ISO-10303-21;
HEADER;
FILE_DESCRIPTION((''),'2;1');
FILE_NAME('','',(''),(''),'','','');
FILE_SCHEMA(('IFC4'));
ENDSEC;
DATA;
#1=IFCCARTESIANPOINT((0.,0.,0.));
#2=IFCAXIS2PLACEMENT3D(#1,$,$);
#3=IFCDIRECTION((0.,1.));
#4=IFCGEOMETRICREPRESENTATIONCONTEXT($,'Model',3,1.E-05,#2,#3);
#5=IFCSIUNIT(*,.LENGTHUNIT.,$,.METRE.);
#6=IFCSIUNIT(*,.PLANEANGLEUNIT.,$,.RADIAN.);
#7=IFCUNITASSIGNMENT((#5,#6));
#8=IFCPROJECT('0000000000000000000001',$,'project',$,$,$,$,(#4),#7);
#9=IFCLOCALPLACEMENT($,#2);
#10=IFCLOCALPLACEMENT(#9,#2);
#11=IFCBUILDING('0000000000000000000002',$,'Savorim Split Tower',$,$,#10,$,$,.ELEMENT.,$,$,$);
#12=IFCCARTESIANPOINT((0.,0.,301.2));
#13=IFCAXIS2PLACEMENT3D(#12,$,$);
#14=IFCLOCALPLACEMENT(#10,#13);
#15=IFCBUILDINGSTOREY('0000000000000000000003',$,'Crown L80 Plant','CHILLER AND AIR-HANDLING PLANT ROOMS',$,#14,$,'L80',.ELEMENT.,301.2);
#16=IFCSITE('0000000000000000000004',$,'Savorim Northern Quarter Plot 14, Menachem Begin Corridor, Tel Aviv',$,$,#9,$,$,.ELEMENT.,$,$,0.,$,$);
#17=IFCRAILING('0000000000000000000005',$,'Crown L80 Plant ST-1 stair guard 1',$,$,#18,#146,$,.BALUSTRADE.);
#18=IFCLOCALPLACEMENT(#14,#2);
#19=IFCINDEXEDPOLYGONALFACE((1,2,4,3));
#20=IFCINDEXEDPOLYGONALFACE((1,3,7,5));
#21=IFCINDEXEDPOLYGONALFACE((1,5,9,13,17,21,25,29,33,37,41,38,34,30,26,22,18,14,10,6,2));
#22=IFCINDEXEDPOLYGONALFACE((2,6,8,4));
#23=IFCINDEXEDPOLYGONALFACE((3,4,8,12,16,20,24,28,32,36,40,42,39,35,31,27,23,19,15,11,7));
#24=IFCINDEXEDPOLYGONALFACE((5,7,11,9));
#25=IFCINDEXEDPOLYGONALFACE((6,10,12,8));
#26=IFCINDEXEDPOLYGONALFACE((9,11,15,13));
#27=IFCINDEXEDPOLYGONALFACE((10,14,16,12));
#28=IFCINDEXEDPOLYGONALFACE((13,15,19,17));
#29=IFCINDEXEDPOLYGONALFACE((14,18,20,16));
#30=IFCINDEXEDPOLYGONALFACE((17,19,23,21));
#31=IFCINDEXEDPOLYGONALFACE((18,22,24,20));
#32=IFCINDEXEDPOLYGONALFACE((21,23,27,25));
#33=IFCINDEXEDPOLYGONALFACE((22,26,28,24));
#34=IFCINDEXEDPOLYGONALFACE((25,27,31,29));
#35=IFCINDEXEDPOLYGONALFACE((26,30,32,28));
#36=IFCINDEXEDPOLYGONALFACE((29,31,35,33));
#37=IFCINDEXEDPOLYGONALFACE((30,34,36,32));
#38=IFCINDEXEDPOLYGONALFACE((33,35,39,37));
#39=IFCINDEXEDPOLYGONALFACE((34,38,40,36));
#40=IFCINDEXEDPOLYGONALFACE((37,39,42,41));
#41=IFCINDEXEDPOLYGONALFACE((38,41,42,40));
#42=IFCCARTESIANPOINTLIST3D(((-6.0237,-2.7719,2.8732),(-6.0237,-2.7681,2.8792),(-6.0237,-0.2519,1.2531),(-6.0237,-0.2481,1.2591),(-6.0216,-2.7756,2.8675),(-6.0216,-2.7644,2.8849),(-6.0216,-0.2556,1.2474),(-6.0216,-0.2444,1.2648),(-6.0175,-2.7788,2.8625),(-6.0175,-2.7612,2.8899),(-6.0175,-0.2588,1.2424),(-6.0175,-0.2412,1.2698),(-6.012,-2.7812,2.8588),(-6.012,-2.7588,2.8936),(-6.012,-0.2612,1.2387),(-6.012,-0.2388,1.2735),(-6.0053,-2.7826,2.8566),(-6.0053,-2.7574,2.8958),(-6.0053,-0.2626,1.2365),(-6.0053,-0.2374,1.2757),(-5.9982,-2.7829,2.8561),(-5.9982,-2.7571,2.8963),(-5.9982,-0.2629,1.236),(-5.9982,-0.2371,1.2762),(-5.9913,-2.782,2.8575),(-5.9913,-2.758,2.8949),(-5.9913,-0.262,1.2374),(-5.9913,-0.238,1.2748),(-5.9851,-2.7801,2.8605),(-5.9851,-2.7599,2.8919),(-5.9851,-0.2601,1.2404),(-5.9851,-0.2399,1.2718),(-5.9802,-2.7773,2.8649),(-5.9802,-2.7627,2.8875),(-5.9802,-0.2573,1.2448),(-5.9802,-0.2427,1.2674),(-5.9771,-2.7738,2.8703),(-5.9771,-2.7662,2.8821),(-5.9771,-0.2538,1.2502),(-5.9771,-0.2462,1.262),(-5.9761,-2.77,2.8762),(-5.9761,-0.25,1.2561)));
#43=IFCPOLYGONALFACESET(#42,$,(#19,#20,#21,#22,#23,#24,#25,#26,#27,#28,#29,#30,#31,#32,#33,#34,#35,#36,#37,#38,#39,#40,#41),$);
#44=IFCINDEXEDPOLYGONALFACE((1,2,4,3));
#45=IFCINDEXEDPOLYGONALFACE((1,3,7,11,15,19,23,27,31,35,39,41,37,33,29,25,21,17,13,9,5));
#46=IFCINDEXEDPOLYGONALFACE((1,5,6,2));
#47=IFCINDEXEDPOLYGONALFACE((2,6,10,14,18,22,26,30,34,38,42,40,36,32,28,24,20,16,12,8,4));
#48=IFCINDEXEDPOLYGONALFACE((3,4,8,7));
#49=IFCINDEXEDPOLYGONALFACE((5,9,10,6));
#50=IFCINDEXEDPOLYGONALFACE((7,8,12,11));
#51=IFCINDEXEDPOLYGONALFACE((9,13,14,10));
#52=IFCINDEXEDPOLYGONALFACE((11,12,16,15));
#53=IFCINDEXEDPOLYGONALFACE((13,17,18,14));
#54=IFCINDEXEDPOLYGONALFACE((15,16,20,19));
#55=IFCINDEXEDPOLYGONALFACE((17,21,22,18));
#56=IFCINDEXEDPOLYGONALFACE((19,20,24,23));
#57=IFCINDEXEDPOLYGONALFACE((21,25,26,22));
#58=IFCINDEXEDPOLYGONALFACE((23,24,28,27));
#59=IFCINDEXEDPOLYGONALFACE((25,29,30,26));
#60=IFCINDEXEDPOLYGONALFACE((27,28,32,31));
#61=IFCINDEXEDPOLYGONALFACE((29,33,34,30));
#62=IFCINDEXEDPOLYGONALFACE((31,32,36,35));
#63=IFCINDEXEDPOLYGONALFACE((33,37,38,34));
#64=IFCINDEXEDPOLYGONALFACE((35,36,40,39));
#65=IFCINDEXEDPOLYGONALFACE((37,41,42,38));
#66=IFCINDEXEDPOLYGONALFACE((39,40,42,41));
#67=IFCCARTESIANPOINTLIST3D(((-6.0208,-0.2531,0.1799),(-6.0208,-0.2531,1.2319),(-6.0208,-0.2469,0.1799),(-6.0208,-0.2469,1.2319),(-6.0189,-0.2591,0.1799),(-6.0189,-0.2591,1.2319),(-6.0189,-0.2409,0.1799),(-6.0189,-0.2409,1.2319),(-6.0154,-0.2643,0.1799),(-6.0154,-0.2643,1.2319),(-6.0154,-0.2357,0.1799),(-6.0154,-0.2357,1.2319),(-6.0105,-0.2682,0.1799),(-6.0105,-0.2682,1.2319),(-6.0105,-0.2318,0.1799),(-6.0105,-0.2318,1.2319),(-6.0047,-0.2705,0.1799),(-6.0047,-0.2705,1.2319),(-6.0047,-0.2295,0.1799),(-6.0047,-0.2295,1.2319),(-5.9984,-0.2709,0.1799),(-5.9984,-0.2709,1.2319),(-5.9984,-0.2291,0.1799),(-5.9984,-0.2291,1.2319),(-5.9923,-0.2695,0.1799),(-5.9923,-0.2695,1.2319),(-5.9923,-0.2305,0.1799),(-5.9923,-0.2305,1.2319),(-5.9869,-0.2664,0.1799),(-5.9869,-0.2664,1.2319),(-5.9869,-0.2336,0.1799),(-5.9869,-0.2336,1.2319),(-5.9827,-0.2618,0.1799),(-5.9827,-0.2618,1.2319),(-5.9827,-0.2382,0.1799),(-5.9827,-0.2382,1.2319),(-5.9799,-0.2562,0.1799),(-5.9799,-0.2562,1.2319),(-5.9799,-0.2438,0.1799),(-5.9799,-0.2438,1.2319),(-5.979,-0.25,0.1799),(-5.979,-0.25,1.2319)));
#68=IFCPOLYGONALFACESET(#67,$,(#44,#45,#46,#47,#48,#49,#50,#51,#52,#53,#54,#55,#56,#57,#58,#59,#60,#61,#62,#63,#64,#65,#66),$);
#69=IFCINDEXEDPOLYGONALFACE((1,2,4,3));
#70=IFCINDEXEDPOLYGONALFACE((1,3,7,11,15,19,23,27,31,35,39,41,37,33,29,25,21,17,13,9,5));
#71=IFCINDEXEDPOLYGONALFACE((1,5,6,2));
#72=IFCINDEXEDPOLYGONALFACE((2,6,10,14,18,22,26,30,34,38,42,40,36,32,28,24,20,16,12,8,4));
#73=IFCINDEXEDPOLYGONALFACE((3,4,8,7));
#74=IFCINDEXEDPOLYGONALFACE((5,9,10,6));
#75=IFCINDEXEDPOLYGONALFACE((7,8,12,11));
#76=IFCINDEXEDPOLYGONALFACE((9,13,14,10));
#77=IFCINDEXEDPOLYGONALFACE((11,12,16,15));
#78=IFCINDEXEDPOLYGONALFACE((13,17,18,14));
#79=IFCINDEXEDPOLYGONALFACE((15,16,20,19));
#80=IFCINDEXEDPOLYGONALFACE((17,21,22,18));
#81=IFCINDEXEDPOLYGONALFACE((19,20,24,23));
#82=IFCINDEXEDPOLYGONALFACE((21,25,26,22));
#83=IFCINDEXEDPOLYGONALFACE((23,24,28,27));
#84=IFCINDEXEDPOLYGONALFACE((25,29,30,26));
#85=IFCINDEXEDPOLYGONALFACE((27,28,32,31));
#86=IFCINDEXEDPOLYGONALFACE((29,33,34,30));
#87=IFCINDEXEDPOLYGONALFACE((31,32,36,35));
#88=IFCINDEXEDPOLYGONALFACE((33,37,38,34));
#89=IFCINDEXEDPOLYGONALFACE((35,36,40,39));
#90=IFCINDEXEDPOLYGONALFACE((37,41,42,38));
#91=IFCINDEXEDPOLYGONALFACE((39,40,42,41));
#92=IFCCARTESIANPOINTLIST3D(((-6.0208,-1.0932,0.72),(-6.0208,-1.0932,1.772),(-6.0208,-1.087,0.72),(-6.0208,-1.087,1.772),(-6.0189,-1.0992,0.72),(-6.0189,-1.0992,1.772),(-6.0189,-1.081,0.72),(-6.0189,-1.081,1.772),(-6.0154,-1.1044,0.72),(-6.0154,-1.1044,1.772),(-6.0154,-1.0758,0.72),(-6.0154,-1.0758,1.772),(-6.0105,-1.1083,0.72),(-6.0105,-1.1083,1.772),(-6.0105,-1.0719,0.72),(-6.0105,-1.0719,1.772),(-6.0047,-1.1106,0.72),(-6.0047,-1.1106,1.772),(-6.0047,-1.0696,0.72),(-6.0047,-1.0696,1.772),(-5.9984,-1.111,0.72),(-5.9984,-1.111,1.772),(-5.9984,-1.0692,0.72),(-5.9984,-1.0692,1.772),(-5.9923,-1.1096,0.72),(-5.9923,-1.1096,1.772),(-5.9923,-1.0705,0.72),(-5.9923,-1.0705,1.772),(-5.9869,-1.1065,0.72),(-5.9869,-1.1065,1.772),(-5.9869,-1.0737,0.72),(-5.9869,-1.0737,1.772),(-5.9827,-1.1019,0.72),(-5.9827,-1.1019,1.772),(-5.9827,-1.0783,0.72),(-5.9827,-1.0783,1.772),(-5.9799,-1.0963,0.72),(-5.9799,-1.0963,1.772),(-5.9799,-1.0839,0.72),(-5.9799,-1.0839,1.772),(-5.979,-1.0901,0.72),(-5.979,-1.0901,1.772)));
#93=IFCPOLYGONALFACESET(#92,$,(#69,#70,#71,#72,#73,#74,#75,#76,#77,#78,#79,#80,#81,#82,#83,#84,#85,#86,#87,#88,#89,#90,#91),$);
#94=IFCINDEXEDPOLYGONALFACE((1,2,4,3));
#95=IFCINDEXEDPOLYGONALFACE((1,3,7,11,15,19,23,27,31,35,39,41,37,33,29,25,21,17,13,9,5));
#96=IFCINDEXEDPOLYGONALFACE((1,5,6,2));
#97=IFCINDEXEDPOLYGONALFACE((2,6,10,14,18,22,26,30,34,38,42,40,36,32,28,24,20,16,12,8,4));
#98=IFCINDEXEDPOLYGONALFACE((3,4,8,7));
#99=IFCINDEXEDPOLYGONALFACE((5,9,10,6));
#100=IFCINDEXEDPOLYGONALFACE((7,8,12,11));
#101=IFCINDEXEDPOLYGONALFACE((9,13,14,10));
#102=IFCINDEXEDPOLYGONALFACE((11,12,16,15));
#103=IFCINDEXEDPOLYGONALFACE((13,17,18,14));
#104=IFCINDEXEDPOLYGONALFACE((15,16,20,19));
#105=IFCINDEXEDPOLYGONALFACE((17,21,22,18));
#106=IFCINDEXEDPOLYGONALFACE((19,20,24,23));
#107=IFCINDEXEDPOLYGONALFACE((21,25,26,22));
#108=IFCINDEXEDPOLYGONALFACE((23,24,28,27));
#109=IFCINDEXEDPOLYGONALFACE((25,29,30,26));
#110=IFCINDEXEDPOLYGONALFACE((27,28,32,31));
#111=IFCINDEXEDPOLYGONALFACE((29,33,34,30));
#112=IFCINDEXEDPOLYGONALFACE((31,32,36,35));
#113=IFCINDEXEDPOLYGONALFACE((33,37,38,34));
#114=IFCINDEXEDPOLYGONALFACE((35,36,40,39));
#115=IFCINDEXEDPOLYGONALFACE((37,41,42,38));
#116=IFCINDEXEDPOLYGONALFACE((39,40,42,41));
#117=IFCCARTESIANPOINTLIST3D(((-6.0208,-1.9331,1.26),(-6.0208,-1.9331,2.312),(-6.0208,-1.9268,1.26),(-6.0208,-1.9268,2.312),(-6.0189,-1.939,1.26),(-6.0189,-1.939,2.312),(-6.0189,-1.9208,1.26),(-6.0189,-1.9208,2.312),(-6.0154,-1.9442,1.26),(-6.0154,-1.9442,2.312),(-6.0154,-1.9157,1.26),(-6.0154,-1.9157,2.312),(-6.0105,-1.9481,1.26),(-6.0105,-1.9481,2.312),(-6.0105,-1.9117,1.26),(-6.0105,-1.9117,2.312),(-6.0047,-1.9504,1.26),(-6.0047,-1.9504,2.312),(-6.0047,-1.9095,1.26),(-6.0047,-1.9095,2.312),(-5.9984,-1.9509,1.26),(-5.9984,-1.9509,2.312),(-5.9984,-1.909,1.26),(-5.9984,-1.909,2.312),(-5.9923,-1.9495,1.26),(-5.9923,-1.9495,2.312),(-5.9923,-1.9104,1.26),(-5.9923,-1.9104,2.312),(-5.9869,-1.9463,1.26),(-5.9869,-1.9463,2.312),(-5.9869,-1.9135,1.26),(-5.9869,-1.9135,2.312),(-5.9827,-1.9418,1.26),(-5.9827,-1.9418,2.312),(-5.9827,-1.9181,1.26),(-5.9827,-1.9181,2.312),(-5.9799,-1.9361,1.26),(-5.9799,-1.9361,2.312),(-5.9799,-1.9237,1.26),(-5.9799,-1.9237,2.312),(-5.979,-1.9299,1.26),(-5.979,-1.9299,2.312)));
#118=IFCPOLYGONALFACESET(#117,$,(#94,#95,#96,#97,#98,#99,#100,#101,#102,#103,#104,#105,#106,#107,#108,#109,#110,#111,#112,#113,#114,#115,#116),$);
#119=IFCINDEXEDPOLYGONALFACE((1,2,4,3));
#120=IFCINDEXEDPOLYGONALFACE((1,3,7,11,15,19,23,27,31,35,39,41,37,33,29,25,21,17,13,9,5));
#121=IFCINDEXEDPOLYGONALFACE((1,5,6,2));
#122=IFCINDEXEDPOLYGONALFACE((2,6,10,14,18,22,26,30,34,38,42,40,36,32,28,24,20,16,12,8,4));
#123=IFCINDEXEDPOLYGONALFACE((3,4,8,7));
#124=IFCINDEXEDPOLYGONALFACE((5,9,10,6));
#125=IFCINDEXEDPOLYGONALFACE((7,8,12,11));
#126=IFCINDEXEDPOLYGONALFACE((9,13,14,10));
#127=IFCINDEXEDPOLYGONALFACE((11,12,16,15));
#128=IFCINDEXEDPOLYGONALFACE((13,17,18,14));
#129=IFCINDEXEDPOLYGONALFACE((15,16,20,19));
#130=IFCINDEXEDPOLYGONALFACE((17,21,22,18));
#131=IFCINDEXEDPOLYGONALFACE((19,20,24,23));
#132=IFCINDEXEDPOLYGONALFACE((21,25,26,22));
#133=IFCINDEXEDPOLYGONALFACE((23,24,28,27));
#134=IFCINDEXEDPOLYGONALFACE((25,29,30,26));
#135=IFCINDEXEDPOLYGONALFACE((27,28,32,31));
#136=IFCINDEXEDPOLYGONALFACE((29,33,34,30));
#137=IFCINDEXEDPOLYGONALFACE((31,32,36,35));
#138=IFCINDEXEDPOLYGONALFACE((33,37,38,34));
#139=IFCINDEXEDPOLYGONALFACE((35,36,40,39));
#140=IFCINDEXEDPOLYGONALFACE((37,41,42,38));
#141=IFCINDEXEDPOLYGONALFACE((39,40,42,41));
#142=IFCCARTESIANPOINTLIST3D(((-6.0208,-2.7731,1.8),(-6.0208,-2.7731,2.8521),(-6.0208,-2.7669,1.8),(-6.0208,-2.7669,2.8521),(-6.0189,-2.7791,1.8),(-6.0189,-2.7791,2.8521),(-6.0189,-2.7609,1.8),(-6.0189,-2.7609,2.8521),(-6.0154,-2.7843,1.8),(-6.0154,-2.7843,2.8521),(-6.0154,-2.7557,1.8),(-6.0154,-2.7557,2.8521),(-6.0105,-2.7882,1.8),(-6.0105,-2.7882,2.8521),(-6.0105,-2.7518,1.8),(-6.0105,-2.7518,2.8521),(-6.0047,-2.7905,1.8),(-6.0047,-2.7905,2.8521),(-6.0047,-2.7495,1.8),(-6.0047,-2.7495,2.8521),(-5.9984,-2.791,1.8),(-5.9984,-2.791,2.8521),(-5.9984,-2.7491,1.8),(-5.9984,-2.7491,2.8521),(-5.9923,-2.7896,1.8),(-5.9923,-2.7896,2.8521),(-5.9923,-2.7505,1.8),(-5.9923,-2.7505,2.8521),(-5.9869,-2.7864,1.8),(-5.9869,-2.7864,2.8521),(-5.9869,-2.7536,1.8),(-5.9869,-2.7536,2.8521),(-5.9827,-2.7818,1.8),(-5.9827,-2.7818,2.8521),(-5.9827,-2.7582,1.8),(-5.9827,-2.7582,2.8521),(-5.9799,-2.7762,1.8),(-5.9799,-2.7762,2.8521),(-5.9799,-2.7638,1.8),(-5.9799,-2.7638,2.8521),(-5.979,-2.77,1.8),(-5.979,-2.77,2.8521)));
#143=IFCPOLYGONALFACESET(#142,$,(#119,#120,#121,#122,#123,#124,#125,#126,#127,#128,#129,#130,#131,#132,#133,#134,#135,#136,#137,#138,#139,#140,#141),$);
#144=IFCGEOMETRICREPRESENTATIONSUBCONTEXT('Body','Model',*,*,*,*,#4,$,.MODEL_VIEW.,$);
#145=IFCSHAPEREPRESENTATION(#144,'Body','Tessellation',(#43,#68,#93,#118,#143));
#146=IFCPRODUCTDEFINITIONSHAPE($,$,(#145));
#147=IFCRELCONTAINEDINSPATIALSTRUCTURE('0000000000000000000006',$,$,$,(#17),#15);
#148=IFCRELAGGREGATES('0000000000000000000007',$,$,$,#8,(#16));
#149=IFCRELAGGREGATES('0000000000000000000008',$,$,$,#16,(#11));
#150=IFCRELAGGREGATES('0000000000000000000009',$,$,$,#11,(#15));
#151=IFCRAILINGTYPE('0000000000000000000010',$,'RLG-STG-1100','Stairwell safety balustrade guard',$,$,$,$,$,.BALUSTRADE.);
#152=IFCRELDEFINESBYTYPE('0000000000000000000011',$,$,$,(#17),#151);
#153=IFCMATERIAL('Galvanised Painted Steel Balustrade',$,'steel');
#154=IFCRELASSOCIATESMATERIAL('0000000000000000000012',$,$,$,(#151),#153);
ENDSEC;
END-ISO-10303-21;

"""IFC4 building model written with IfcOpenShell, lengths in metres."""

from ifc_helpers import new_model, si_unit, direction, frame, origin, origin_2d, place, context, subcontext, project, spatial, circle, extrude, material, type_object, element, save


model = new_model("IFC4")

# Units and contexts
model_context = context("Model", 3, precision=1e-05, world=origin(), true_north=direction((0.0, 1.0)))
body_context = subcontext(model_context, "Body", "Model", "MODEL_VIEW")
ifc_project = project(units=[si_unit("LENGTHUNIT", "METRE"), si_unit("PLANEANGLEUNIT", "RADIAN")], contexts=[model_context])

# Site, building, storey
site_placement = place(None, origin())
site = spatial("IfcSite", under=ifc_project, at=site_placement, Name="Savorim Northern Quarter Plot 14, Menachem Begin Corridor, Tel Aviv", CompositionType="ELEMENT", RefElevation=0.0)
building_placement = place(site_placement, origin())
building = spatial("IfcBuilding", under=site, at=building_placement, Name="Savorim Split Tower", CompositionType="ELEMENT")
storey_placement = place(building_placement, frame((0.0, 0.0, 301.2)))
storey = spatial("IfcBuildingStorey", under=building, at=storey_placement, Name="Crown L80 Plant", Description="CHILLER AND AIR-HANDLING PLANT ROOMS", LongName="L80", CompositionType="ELEMENT", Elevation=301.2)

# Railing
ifc_material_1 = material(Name="Galvanised Painted Steel Balustrade", Category="steel")
railing_type_1 = type_object("IfcRailingType", Name="RLG-STG-1100", Description="Stairwell safety balustrade guard", PredefinedType="BALUSTRADE", material=ifc_material_1)
railing_1_placement = place(storey_placement, frame((-6.0, -0.25, 0.1799)))
element("IfcRailing", 1, at=railing_1_placement, inside=storey, type_object=railing_type_1, Name="Crown L80 Plant ST-1 stair guard 1", PredefinedType="BALUSTRADE", context=body_context, shape_type="SweptSolid", body=[
    extrude(circle(Radius=0.0239, at=origin_2d()), frame((0.0, 0.0, 1.0762), z_axis=(0.0, -0.841163, 0.540782), x_axis=(1.0, 0.0, 0.0)), (0.0, 0.0, 1.0), 2.9958),
    extrude(circle(Radius=0.021, at=origin_2d()), origin(), (0.0, 0.0, 1.0), 1.052),
    extrude(circle(Radius=0.021, at=origin_2d()), frame((0.0, -0.8401, 0.54)), (0.0, 0.0, 1.0), 1.052),
    extrude(circle(Radius=0.021, at=origin_2d()), frame((0.0, -1.6799, 1.0801)), (0.0, 0.0, 1.0), 1.052),
    extrude(circle(Radius=0.021, at=origin_2d()), frame((0.0, -2.52, 1.6201)), (0.0, 0.0, 1.0), 1.052),
])

save(model, "model.ifc")
